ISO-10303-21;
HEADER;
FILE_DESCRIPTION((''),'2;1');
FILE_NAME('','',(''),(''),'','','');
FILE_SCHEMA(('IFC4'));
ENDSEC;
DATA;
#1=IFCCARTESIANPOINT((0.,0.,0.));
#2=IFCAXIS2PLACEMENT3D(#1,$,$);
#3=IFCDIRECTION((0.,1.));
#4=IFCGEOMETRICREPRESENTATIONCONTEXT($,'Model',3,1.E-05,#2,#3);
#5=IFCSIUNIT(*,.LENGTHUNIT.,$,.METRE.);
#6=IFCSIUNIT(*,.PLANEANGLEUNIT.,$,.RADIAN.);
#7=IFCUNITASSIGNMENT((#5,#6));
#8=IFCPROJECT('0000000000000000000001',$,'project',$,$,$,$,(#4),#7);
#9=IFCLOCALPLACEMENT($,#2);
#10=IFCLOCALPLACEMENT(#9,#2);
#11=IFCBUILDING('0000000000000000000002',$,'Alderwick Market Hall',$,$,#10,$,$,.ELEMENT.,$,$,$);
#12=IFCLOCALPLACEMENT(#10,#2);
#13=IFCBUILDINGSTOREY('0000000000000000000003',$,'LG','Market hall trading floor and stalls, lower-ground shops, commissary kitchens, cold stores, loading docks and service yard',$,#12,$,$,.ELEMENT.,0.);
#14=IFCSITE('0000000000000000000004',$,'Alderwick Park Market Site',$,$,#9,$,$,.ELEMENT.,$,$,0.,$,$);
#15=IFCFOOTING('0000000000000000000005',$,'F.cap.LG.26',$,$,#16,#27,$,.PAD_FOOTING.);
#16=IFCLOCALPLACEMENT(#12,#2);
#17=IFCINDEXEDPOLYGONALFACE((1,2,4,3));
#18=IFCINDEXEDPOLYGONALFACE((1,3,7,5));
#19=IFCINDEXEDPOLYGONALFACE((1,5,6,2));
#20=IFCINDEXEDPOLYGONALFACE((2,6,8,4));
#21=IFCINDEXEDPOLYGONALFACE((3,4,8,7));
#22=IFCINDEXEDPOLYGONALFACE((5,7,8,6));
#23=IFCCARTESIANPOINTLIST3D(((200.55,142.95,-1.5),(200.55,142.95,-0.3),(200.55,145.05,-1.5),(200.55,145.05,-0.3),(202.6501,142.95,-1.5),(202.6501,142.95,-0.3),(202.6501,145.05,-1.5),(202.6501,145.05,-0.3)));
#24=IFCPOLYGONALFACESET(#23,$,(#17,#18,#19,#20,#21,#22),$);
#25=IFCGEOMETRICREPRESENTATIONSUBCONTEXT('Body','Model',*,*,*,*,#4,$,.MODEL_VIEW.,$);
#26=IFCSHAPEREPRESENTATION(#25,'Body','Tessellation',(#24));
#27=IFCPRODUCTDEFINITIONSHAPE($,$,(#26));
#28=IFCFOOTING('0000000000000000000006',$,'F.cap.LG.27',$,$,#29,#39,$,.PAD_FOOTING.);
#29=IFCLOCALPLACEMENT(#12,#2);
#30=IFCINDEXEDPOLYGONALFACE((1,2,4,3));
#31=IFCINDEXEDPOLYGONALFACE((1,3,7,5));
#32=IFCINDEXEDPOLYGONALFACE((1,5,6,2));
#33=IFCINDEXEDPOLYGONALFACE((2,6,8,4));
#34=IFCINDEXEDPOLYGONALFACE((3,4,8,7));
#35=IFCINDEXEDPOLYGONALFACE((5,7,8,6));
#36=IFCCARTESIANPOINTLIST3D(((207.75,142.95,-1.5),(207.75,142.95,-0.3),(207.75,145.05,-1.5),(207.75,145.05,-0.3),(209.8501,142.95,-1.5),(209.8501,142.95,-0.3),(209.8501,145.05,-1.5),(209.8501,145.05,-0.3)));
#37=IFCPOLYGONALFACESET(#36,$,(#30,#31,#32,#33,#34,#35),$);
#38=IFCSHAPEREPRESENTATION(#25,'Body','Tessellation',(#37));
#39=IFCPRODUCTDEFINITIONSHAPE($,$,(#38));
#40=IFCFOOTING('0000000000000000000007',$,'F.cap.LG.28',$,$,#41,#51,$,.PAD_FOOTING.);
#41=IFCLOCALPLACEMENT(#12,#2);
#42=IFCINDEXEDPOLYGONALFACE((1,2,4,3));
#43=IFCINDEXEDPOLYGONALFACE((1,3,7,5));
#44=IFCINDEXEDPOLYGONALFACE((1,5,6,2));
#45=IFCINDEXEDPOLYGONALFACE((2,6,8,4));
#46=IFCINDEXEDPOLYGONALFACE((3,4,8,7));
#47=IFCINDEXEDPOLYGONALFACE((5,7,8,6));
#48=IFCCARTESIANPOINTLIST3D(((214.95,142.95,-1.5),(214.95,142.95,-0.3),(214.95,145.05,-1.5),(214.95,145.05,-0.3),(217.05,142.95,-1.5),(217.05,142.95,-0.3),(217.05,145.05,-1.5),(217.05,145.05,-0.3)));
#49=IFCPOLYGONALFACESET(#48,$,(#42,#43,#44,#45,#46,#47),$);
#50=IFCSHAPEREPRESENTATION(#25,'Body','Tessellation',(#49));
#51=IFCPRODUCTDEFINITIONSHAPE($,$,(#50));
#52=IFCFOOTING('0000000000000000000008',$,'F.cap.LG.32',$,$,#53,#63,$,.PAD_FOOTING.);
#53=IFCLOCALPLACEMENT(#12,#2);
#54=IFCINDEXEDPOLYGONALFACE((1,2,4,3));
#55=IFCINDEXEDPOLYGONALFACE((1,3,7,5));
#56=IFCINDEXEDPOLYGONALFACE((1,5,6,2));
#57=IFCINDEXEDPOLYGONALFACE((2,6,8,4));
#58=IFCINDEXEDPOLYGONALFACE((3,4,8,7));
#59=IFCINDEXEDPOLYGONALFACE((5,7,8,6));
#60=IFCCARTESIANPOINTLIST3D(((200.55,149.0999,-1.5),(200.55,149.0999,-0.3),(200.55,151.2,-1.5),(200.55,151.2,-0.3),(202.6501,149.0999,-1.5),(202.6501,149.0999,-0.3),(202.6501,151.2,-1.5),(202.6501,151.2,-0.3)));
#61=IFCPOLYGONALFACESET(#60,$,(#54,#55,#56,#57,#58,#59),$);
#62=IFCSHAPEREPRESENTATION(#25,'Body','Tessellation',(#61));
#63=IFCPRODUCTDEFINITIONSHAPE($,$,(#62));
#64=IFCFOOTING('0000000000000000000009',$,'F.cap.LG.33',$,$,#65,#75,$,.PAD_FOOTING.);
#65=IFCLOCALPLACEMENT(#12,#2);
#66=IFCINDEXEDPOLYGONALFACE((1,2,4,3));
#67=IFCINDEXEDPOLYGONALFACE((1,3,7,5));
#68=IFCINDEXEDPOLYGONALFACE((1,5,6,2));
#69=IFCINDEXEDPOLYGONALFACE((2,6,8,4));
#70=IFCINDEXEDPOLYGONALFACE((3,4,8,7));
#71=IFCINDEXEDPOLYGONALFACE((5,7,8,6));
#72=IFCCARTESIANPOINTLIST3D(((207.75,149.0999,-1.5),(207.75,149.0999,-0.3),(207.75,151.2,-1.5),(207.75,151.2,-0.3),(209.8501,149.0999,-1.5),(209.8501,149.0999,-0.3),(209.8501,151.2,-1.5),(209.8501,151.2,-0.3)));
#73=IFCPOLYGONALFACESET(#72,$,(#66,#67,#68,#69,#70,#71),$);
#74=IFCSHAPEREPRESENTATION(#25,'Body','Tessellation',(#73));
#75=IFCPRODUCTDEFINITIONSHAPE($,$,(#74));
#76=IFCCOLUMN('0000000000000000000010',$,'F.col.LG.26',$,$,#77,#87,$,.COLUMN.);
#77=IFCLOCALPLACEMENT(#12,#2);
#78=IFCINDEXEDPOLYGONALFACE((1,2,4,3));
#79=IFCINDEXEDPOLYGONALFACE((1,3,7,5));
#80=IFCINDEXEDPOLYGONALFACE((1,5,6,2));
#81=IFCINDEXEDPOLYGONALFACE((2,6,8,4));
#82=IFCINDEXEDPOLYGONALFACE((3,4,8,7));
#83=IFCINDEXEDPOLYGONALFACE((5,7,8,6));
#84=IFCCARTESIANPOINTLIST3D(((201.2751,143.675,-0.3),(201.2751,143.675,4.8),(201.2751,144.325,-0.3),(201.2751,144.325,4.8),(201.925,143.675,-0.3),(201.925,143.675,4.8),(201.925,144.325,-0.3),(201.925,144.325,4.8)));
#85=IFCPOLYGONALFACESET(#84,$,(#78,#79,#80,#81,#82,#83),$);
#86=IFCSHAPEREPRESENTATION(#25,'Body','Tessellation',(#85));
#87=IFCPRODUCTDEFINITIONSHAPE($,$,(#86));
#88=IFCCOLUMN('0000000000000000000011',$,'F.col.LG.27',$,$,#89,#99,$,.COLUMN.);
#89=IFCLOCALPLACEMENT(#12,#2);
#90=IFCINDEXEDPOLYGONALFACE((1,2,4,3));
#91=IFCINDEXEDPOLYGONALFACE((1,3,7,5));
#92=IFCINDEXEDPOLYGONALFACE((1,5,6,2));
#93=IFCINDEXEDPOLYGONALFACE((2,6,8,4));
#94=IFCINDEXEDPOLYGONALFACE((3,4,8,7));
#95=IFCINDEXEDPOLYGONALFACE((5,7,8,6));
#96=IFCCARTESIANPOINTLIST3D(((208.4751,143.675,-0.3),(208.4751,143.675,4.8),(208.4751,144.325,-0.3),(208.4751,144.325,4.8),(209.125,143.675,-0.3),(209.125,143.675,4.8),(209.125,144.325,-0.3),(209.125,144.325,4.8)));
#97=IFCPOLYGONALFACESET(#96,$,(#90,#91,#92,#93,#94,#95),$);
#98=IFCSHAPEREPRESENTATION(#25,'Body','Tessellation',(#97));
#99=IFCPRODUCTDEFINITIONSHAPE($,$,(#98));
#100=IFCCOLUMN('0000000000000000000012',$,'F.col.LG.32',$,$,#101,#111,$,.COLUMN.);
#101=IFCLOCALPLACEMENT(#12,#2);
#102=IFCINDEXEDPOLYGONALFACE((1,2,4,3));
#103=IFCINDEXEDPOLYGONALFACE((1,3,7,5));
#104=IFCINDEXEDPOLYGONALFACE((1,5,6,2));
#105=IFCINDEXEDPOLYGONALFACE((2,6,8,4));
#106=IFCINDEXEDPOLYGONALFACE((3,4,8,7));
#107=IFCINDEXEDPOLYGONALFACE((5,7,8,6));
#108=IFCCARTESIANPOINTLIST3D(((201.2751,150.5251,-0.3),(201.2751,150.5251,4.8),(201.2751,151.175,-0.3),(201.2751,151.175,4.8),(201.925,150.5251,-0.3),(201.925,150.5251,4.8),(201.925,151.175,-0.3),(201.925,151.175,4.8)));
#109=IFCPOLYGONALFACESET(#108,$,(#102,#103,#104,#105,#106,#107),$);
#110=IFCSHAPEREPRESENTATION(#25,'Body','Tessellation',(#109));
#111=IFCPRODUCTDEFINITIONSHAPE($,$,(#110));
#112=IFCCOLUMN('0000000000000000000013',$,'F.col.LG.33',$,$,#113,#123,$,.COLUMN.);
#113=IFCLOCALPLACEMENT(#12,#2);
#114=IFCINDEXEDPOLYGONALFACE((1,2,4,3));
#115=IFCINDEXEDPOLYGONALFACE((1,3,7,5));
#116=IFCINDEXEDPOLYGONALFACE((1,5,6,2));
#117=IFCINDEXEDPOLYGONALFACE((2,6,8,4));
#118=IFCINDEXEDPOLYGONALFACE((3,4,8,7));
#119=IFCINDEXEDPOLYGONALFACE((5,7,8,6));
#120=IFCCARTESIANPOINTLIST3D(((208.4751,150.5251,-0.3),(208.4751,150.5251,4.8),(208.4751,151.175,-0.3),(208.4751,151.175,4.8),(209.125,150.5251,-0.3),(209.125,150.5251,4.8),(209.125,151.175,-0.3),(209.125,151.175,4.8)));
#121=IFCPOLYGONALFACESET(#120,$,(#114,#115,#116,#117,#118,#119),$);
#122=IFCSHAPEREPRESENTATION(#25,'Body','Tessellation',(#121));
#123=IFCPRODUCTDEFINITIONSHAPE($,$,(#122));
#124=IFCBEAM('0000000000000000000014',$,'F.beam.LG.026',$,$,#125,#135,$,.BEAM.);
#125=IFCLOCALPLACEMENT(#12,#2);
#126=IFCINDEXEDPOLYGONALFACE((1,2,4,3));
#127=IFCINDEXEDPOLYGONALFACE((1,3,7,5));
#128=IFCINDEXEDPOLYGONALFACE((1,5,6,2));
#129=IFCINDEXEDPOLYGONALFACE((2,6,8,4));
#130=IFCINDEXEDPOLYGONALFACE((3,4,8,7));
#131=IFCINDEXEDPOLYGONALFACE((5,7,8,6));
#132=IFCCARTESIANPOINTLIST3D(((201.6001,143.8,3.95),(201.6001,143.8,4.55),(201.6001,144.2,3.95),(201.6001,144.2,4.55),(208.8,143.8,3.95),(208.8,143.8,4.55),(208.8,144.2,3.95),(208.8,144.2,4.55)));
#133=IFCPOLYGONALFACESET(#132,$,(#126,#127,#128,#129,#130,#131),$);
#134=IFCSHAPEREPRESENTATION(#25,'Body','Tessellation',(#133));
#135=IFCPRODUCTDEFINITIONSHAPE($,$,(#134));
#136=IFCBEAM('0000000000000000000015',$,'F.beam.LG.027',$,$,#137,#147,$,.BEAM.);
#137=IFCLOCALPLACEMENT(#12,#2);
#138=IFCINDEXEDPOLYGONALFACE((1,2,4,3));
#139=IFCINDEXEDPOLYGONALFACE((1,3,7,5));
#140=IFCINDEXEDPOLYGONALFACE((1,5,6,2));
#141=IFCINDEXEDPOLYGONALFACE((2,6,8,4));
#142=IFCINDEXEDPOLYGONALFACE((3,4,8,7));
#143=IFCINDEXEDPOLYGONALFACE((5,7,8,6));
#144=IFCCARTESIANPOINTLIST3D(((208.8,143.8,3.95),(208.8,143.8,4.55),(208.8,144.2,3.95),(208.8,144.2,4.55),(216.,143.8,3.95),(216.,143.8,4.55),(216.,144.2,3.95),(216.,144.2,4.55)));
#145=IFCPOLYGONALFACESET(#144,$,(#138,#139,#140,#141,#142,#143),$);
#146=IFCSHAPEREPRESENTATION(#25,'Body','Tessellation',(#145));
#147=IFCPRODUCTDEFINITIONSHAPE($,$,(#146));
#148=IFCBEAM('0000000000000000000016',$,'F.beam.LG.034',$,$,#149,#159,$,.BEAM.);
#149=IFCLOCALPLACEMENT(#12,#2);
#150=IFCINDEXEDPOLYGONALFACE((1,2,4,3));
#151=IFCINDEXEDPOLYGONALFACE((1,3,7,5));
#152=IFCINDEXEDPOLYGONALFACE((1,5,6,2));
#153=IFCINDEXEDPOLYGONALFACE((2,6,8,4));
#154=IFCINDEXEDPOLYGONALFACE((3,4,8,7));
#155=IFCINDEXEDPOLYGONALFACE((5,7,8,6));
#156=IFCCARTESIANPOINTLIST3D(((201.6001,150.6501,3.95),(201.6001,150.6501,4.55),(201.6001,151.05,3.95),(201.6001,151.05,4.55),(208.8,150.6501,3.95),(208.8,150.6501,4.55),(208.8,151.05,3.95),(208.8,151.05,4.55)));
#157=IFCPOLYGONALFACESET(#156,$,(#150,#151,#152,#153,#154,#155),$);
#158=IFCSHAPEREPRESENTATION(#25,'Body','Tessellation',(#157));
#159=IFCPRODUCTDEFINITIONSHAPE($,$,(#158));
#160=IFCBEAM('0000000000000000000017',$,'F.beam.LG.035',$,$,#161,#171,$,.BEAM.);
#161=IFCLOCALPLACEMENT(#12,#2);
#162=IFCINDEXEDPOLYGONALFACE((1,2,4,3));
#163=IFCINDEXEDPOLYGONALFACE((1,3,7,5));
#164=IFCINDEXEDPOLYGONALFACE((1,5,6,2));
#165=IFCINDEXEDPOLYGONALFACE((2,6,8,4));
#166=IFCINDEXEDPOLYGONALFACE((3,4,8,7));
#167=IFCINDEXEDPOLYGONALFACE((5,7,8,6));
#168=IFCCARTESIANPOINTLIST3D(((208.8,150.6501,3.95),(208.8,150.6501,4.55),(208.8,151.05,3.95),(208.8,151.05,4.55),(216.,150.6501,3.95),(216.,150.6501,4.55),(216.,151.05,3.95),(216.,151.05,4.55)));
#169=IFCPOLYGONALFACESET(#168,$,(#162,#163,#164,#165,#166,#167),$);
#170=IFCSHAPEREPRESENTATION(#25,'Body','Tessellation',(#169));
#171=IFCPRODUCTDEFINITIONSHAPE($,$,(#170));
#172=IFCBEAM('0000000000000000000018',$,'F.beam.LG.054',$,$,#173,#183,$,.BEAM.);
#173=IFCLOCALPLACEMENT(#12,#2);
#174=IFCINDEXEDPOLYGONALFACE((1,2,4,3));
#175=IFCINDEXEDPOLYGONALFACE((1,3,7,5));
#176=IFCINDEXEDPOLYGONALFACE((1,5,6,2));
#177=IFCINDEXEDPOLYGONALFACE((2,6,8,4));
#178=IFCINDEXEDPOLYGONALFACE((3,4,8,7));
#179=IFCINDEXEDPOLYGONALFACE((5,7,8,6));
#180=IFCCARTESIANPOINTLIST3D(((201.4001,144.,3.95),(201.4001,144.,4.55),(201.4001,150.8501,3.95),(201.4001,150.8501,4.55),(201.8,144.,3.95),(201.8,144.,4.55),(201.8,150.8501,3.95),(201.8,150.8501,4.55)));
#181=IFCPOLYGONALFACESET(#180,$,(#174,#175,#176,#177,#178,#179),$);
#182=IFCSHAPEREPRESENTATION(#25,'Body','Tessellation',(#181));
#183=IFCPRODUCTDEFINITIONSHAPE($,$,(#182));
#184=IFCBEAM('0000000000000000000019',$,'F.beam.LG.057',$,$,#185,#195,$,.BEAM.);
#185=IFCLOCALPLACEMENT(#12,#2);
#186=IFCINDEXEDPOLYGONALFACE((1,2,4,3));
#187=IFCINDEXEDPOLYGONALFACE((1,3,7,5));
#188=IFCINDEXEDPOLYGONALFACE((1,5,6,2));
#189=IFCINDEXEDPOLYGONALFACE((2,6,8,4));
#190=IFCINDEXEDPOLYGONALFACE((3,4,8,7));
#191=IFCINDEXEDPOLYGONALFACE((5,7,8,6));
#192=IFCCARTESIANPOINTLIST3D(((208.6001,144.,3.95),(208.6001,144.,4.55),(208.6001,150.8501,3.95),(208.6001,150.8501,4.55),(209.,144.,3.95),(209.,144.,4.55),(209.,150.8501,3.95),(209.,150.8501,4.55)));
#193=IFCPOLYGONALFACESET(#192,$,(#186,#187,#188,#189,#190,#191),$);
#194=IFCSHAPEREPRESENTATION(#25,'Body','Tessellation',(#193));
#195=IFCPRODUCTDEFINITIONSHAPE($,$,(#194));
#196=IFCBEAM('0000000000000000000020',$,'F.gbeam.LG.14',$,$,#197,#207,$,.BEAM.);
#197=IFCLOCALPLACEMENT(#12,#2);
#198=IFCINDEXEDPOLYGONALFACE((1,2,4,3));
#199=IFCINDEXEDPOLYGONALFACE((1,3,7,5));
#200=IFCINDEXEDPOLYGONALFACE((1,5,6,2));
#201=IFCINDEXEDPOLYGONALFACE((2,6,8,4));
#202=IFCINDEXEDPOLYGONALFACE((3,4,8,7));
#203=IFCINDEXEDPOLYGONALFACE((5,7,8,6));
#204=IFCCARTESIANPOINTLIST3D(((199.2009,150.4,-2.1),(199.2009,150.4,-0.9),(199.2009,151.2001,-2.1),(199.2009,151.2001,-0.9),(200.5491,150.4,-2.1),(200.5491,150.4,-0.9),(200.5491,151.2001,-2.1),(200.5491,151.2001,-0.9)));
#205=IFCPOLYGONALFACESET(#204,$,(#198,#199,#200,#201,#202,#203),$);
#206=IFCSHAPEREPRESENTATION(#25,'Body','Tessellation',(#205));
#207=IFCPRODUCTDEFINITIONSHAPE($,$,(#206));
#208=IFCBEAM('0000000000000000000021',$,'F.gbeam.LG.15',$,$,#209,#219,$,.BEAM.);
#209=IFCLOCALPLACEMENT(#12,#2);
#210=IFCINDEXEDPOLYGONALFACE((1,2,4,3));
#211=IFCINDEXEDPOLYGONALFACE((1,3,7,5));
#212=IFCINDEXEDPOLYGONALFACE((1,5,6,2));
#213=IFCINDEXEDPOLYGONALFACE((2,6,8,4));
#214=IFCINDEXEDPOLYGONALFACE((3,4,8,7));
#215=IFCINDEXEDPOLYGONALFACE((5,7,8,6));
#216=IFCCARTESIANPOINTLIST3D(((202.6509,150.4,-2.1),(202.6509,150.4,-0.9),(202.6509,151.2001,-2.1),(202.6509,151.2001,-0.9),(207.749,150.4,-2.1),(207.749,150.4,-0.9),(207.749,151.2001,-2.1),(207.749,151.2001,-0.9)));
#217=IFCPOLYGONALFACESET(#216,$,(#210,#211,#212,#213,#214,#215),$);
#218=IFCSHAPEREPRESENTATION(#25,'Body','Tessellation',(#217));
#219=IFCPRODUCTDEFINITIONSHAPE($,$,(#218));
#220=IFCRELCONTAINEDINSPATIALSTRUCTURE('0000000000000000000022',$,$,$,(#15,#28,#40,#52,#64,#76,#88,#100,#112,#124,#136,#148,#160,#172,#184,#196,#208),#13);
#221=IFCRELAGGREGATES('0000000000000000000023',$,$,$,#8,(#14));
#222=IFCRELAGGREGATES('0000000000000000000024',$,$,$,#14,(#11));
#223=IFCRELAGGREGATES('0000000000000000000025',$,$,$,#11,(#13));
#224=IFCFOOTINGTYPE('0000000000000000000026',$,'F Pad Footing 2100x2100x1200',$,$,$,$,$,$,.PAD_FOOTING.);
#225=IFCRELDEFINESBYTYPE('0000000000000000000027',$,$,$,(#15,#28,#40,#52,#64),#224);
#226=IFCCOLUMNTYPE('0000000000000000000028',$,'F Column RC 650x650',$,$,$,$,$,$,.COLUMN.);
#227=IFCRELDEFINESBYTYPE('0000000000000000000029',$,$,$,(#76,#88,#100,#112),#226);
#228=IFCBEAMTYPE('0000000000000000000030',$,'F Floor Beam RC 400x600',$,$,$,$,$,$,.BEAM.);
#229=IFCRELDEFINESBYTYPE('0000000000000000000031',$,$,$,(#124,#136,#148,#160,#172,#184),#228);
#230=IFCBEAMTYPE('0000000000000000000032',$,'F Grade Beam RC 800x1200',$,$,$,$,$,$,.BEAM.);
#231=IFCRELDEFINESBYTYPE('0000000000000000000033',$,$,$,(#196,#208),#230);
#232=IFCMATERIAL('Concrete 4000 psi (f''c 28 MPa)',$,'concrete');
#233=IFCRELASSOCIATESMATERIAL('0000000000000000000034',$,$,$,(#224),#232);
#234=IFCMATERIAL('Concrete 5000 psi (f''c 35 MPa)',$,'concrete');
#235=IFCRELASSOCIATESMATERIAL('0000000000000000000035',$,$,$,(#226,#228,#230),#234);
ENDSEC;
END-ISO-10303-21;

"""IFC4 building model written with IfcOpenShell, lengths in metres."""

from ifc_helpers import new_model, si_unit, direction, frame, origin, origin_2d, place, context, subcontext, project, spatial, rectangle, extrude, material, material_profile, profile_set, type_object, element, save


model = new_model("IFC4")

# Units and contexts
model_context = context("Model", 3, precision=1e-05, world=origin(), true_north=direction((0.0, 1.0)))
body_context = subcontext(model_context, "Body", "Model", "MODEL_VIEW")
ifc_project = project(units=[si_unit("LENGTHUNIT", "METRE"), si_unit("PLANEANGLEUNIT", "RADIAN")], contexts=[model_context])

# Site, building, storey
site_placement = place(None, origin())
site = spatial("IfcSite", under=ifc_project, at=site_placement, Name="Alderwick Park Market Site", CompositionType="ELEMENT", RefElevation=0.0)
building_placement = place(site_placement, origin())
building = spatial("IfcBuilding", under=site, at=building_placement, Name="Alderwick Market Hall", CompositionType="ELEMENT")
storey_placement = place(building_placement, origin())
storey = spatial("IfcBuildingStorey", under=building, at=storey_placement, Name="LG", Description="Market hall trading floor and stalls, lower-ground shops, commissary kitchens, cold stores, loading docks and service yard", CompositionType="ELEMENT", Elevation=0.0)

# Footings
ifc_material_1 = material(Name="Concrete 4000 psi (f'c 28 MPa)", Category="concrete")
footing_type = type_object("IfcFootingType", Name="F Pad Footing 2100x2100x1200", PredefinedType="PAD_FOOTING", material=ifc_material_1)
for number, where, z_axis, x_axis, name in (
    (1, (201.6001, 144.0, -1.5), (0.0, 0.0, 1.0), (1.0, 0.0, 0.0), "F.cap.LG.26"),
    (2, (208.8, 144.0, -1.5), (0.0, 0.0, 1.0), (1.0, 0.0, 0.0), "F.cap.LG.27"),
    (3, (216.0, 144.0, -1.5), (0.0, 0.0, 1.0), (1.0, 0.0, 0.0), "F.cap.LG.28"),
    (4, (201.6001, 150.1499, -1.5), (0.0, 0.0, 1.0), (1.0, 0.0, 0.0), "F.cap.LG.32"),
    (5, (208.8, 150.1499, -1.5), (0.0, 0.0, 1.0), (1.0, 0.0, 0.0), "F.cap.LG.33"),
):
    element("IfcFooting", number, at=place(storey_placement, frame(where, z_axis=z_axis, x_axis=x_axis)), inside=storey, type_object=footing_type, Name=name, PredefinedType="PAD_FOOTING", context=body_context, shape_type="SweptSolid", body=[
        extrude(rectangle(XDim=2.1001, YDim=2.1001, at=origin_2d()), origin(), (0.0, 0.0, 1.0), 1.2),
    ])

# Columns
ifc_material_2 = material(Name="Concrete 5000 psi (f'c 35 MPa)", Category="concrete")
ifc_material_profile_1 = material_profile(ifc_material_2, rectangle(XDim=0.6499, YDim=0.6499, at=origin_2d()), Name="RC 650x650")
ifc_profile_set_1 = profile_set([ifc_material_profile_1], Name="Concrete 5000 psi (f'c 35 MPa)")
column_type = type_object("IfcColumnType", Name="F Column RC 650x650", PredefinedType="COLUMN", material=ifc_profile_set_1)
for number, where, z_axis, x_axis, name in (
    (6, (201.6001, 144.0, -0.3), (0.0, 0.0, 1.0), (1.0, 0.0, 0.0), "F.col.LG.26"),
    (7, (208.8, 144.0, -0.3), (0.0, 0.0, 1.0), (1.0, 0.0, 0.0), "F.col.LG.27"),
    (8, (201.6001, 150.8501, -0.3), (0.0, 0.0, 1.0), (1.0, 0.0, 0.0), "F.col.LG.32"),
    (9, (208.8, 150.8501, -0.3), (0.0, 0.0, 1.0), (1.0, 0.0, 0.0), "F.col.LG.33"),
):
    element("IfcColumn", number, at=place(storey_placement, frame(where, z_axis=z_axis, x_axis=x_axis)), inside=storey, type_object=column_type, Name=name, PredefinedType="COLUMN", context=body_context, shape_type="SweptSolid", body=[
        extrude(rectangle(XDim=0.6499, YDim=0.6499, at=origin_2d()), origin(), (0.0, 0.0, 1.0), 5.1001),
    ])

# Beams
ifc_material_profile_2 = material_profile(ifc_material_2, rectangle(XDim=0.3999, YDim=0.6001, at=origin_2d()), Name="RC 400x600")
ifc_profile_set_2 = profile_set([ifc_material_profile_2], Name="Concrete 5000 psi (f'c 35 MPa)")
beam_type_1 = type_object("IfcBeamType", Name="F Floor Beam RC 400x600", PredefinedType="BEAM", material=ifc_profile_set_2)
for number, where, z_axis, x_axis, name in (
    (10, (201.6001, 144.0, 4.25), (1.0, 0.0, 0.0), (0.0, 1.0, 0.0), "F.beam.LG.026"),
    (11, (208.8, 144.0, 4.25), (1.0, 0.0, 0.0), (0.0, 1.0, 0.0), "F.beam.LG.027"),
    (12, (201.6001, 150.8501, 4.25), (1.0, 0.0, 0.0), (0.0, 1.0, 0.0), "F.beam.LG.034"),
    (13, (208.8, 150.8501, 4.25), (1.0, 0.0, 0.0), (0.0, 1.0, 0.0), "F.beam.LG.035"),
):
    element("IfcBeam", number, at=place(storey_placement, frame(where, z_axis=z_axis, x_axis=x_axis)), inside=storey, type_object=beam_type_1, Name=name, PredefinedType="BEAM", context=body_context, shape_type="SweptSolid", body=[
        extrude(rectangle(XDim=0.3999, YDim=0.6001, at=origin_2d()), origin(), (0.0, 0.0, 1.0), 7.2),
    ])
for number, where, z_axis, x_axis, name in (
    (14, (201.6001, 144.0, 4.25), (0.0, 1.0, 0.0), (-1.0, 0.0, 0.0), "F.beam.LG.054"),
    (15, (208.8, 144.0, 4.25), (0.0, 1.0, 0.0), (-1.0, 0.0, 0.0), "F.beam.LG.057"),
):
    element("IfcBeam", number, at=place(storey_placement, frame(where, z_axis=z_axis, x_axis=x_axis)), inside=storey, type_object=beam_type_1, Name=name, PredefinedType="BEAM", context=body_context, shape_type="SweptSolid", body=[
        extrude(rectangle(XDim=0.3999, YDim=0.6001, at=origin_2d()), origin(), (0.0, 0.0, 1.0), 6.8501),
    ])
ifc_material_profile_3 = material_profile(ifc_material_2, rectangle(XDim=0.8, YDim=1.2, at=origin_2d()), Name="RC 800x1200")
ifc_profile_set_3 = profile_set([ifc_material_profile_3], Name="Concrete 5000 psi (f'c 35 MPa)")
beam_type_2 = type_object("IfcBeamType", Name="F Grade Beam RC 800x1200", PredefinedType="BEAM", material=ifc_profile_set_3)
beam_1_placement = place(storey_placement, frame((199.2009, 150.8, -1.5), z_axis=(1.0, 0.0, 0.0), x_axis=(0.0, 1.0, 0.0)))
element("IfcBeam", 16, at=beam_1_placement, inside=storey, type_object=beam_type_2, Name="F.gbeam.LG.14", PredefinedType="BEAM", context=body_context, shape_type="SweptSolid", body=[
    extrude(rectangle(XDim=0.8, YDim=1.2, at=origin_2d()), origin(), (0.0, 0.0, 1.0), 1.3481),
])
beam_2_placement = place(storey_placement, frame((202.6509, 150.8, -1.5), z_axis=(1.0, 0.0, 0.0), x_axis=(0.0, 1.0, 0.0)))
element("IfcBeam", 17, at=beam_2_placement, inside=storey, type_object=beam_type_2, Name="F.gbeam.LG.15", PredefinedType="BEAM", context=body_context, shape_type="SweptSolid", body=[
    extrude(rectangle(XDim=0.8, YDim=1.2, at=origin_2d()), origin(), (0.0, 0.0, 1.0), 5.0981),
])

save(model, "model.ifc")
